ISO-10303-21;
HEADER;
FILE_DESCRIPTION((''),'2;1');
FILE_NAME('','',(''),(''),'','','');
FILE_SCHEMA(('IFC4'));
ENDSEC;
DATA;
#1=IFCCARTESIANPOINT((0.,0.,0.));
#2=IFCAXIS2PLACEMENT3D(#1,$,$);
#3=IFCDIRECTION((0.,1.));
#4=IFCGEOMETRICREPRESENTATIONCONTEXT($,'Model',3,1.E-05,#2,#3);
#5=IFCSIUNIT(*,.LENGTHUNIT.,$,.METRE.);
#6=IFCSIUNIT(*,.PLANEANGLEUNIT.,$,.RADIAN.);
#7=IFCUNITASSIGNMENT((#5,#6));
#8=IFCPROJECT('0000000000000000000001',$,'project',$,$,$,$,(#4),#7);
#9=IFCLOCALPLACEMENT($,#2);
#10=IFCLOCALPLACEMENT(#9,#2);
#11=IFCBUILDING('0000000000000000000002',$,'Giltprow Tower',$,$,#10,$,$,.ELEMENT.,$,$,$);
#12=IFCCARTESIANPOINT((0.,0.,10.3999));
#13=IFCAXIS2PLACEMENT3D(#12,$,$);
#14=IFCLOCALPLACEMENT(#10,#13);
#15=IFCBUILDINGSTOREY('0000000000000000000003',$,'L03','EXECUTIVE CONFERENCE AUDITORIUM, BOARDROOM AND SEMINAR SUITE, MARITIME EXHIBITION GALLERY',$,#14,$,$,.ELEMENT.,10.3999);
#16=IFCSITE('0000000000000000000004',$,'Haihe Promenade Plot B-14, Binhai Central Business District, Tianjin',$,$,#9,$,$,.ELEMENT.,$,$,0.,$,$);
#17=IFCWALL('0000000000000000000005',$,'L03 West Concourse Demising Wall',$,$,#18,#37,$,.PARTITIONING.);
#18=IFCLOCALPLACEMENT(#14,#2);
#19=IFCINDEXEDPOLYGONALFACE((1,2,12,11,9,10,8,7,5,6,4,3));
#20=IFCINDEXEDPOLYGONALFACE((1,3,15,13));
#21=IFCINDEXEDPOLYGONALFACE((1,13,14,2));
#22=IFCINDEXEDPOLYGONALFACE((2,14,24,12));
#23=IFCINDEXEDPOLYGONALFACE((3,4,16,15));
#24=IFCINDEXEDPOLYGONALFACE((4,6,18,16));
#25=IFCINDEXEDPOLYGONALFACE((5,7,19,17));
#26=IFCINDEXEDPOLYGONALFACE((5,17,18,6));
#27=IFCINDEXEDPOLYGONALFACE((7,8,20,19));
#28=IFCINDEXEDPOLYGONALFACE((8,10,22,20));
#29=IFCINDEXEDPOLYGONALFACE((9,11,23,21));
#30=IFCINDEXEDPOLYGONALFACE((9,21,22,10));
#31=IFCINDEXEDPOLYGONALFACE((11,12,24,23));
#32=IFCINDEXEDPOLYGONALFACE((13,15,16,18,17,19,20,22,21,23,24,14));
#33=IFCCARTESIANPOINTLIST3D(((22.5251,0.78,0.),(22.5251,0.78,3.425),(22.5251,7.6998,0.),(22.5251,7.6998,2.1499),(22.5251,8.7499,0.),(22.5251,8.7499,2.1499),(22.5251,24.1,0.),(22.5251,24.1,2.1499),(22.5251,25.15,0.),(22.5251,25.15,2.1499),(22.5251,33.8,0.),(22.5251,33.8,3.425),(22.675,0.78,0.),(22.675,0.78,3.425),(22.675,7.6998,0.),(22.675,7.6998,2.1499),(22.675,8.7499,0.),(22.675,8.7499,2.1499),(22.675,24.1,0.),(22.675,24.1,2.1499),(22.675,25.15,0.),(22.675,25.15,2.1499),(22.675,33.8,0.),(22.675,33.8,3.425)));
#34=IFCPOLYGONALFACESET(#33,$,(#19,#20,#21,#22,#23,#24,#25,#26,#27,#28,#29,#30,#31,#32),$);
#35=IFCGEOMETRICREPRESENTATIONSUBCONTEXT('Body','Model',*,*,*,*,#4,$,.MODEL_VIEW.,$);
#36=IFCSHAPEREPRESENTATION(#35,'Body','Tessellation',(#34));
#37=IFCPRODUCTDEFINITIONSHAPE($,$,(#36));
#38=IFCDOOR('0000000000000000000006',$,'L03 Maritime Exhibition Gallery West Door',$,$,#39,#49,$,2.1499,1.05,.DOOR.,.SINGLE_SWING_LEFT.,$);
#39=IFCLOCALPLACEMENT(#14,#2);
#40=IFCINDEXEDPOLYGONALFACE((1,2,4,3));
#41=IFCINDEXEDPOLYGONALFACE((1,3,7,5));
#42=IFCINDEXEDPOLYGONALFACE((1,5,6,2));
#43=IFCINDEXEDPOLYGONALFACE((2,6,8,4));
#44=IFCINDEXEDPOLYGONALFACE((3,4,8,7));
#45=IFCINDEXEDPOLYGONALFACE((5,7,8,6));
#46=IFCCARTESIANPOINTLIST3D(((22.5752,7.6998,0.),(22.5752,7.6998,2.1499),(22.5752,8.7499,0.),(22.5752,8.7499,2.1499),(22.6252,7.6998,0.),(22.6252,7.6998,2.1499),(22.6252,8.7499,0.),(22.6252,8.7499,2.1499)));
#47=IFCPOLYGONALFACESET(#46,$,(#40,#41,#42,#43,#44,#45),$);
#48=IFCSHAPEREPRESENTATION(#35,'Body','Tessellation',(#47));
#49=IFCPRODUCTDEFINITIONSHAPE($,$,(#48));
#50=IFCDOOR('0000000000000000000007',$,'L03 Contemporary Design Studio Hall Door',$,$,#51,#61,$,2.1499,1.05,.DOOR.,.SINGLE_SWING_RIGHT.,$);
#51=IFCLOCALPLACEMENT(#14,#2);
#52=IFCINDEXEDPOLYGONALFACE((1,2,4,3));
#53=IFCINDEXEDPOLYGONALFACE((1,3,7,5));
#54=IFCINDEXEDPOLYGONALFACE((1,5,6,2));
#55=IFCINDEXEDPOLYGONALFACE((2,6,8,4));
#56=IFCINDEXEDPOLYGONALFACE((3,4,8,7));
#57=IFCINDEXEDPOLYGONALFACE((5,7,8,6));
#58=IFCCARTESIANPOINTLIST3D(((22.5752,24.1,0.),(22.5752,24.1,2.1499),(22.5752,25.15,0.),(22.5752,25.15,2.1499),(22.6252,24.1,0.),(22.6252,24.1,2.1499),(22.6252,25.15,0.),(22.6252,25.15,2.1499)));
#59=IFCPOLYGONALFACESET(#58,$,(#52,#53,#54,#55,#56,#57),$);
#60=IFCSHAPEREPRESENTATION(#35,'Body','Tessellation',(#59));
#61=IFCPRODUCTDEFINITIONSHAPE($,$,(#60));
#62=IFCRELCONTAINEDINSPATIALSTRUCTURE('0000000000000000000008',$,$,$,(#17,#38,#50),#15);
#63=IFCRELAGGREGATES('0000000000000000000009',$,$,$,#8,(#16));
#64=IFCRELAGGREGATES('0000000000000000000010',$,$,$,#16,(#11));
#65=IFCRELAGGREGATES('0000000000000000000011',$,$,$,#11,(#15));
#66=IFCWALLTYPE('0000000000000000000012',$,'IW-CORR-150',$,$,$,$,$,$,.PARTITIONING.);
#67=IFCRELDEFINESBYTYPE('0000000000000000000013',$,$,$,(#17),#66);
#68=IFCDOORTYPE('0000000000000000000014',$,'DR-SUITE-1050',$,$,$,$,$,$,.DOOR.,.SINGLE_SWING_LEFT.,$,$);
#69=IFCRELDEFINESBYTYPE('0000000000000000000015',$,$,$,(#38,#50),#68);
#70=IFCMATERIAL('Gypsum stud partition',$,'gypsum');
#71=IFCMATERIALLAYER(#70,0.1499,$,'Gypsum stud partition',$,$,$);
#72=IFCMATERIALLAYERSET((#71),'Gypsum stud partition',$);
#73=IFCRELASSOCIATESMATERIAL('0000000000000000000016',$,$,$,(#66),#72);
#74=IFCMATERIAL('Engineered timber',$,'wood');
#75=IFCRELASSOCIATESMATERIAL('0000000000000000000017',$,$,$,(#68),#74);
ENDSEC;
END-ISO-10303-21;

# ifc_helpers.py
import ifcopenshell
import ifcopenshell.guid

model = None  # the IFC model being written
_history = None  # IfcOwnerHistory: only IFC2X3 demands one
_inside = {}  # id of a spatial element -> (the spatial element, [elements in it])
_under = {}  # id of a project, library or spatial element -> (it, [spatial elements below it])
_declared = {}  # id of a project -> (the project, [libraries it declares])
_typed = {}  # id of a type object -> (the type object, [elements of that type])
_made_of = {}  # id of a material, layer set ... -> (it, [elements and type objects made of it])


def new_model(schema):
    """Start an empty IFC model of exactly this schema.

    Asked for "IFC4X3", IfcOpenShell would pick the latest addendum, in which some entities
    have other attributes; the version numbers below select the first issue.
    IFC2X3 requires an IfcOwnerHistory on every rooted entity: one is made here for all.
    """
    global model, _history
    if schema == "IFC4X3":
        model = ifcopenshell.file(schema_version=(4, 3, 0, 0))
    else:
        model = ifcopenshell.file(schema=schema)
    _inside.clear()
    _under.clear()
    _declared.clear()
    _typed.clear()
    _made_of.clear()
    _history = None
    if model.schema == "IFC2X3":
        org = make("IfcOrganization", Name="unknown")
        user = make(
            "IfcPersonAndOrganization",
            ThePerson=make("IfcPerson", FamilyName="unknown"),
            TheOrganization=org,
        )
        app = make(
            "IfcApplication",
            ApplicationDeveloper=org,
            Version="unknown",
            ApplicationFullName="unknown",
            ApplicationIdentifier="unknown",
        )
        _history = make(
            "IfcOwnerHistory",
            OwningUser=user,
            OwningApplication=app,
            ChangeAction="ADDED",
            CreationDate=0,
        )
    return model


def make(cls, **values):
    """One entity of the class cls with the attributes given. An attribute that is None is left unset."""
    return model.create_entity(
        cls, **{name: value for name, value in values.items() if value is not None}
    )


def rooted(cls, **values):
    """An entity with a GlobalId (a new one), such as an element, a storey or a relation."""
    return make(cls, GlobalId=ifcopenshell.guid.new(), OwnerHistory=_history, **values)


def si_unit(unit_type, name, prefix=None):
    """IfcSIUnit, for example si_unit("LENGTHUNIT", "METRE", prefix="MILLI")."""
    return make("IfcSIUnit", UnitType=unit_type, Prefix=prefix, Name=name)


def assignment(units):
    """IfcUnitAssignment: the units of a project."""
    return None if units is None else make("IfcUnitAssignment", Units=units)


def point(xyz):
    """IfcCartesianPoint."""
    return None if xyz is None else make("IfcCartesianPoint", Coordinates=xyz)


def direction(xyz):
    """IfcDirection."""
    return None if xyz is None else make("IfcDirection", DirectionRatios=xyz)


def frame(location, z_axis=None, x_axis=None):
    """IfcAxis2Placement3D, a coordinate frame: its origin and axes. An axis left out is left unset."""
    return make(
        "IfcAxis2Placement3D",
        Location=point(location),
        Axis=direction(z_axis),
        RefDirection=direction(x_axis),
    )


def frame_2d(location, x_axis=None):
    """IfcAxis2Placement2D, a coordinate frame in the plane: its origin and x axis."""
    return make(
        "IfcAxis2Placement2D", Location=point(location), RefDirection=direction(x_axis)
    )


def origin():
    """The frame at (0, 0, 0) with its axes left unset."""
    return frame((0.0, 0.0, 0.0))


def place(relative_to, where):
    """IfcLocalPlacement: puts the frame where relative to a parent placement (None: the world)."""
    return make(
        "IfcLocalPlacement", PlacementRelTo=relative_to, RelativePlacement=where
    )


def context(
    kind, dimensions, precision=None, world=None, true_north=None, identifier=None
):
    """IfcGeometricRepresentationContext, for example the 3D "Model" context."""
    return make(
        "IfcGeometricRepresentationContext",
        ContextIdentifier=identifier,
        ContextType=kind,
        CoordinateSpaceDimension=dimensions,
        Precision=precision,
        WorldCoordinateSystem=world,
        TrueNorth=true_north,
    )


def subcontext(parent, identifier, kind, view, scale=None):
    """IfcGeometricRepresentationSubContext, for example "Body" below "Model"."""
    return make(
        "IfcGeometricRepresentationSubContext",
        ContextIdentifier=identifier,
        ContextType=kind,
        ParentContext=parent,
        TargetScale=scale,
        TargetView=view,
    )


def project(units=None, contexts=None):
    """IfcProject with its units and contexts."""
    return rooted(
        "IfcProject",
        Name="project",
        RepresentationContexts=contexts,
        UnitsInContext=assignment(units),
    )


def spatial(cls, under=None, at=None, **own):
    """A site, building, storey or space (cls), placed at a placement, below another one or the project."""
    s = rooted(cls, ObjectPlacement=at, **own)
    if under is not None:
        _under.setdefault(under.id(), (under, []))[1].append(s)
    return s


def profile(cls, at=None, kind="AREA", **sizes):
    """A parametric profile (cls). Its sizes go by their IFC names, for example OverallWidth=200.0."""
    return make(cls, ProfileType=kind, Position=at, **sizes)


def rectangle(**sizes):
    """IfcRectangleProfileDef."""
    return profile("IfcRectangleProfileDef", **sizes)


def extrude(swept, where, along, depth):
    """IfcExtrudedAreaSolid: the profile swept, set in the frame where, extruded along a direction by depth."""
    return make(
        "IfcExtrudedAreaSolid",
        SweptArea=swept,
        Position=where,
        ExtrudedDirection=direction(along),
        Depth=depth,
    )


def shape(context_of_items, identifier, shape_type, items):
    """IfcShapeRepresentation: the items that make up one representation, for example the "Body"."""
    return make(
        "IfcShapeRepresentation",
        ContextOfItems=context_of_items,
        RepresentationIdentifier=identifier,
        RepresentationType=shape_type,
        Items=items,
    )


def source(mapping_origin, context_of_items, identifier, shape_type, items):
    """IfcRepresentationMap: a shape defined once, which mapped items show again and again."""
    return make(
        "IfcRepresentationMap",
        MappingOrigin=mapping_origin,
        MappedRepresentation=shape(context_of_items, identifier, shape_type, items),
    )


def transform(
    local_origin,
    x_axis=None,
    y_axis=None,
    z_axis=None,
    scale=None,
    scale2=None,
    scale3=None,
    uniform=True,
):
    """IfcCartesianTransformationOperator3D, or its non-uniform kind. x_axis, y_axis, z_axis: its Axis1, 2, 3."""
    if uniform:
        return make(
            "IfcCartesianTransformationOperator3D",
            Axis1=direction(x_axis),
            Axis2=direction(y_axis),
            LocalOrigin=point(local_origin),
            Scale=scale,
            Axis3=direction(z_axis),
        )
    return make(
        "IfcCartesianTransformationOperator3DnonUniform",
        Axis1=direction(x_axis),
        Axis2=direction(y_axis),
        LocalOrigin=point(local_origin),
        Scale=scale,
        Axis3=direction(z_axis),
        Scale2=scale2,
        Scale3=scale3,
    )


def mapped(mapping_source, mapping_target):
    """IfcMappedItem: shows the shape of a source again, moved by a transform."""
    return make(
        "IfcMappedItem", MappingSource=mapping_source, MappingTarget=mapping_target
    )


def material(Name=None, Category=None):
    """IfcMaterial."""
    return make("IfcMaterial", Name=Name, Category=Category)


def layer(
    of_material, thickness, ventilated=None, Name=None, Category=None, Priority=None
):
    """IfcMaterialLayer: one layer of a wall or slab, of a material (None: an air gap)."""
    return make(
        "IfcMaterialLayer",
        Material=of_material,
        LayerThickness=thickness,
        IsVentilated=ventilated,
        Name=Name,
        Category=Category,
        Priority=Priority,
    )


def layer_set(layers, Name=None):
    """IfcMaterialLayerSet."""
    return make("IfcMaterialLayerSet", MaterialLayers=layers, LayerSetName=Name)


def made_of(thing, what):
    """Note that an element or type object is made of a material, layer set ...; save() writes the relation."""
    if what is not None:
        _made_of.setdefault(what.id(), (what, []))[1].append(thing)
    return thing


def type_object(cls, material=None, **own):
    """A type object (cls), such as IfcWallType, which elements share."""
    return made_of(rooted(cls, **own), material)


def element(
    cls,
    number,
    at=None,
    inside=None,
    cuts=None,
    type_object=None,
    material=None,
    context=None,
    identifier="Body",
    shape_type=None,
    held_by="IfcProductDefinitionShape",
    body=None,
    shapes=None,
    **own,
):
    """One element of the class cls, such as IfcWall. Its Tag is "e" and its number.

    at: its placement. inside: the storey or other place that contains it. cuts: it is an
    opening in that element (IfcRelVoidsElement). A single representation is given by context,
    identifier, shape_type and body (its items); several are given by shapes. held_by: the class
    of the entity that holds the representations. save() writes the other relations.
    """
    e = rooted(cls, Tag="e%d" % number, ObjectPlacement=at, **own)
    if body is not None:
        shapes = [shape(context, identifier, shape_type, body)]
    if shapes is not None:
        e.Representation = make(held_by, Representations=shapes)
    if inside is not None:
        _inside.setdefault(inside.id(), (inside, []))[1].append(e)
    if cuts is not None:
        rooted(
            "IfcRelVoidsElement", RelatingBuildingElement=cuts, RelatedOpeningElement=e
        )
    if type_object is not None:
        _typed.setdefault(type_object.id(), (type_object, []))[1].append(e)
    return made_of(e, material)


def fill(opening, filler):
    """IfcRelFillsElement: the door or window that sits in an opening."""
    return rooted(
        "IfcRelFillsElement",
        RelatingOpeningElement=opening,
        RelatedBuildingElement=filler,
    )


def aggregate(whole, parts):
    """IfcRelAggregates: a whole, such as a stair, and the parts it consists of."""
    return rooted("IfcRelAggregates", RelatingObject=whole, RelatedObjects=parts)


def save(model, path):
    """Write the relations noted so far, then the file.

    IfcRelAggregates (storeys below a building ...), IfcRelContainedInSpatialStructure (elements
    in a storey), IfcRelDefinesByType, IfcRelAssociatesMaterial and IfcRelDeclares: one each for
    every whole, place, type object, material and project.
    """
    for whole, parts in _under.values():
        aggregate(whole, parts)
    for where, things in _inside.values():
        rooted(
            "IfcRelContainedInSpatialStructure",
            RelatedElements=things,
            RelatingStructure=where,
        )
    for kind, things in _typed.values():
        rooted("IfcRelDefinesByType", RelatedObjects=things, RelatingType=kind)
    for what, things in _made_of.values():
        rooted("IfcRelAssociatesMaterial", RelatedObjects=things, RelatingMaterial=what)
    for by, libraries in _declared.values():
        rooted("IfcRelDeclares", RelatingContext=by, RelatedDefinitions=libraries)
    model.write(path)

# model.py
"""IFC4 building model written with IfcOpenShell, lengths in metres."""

from ifc_helpers import new_model, si_unit, direction, frame, frame_2d, origin, place, context, subcontext, project, spatial, rectangle, extrude, source, transform, mapped, material, layer, layer_set, type_object, element, fill, save


model = new_model("IFC4")

# Units and contexts
model_context = context("Model", 3, precision=1e-05, world=origin(), true_north=direction((0.0, 1.0)))
body_context = subcontext(model_context, "Body", "Model", "MODEL_VIEW")
ifc_project = project(units=[si_unit("LENGTHUNIT", "METRE"), si_unit("PLANEANGLEUNIT", "RADIAN")], contexts=[model_context])

# Site, building, storey
site_placement = place(None, origin())
site = spatial("IfcSite", under=ifc_project, at=site_placement, Name="Haihe Promenade Plot B-14, Binhai Central Business District, Tianjin", CompositionType="ELEMENT", RefElevation=0.0)
building_placement = place(site_placement, origin())
building = spatial("IfcBuilding", under=site, at=building_placement, Name="Giltprow Tower", CompositionType="ELEMENT")
storey_placement = place(building_placement, frame((0.0, 0.0, 10.3999)))
storey = spatial("IfcBuildingStorey", under=building, at=storey_placement, Name="L03", Description="EXECUTIVE CONFERENCE AUDITORIUM, BOARDROOM AND SEMINAR SUITE, MARITIME EXHIBITION GALLERY", CompositionType="ELEMENT", Elevation=10.3999)

# Wall, openings, doors
ifc_material_1 = material(Name="Gypsum stud partition", Category="gypsum")
ifc_layer_1 = layer(ifc_material_1, 0.1499, Name="Gypsum stud partition")
ifc_layer_set_1 = layer_set([ifc_layer_1], Name="Gypsum stud partition")
wall_type_1 = type_object("IfcWallType", Name="IW-CORR-150", PredefinedType="PARTITIONING", material=ifc_layer_set_1)
wall_1_placement = place(storey_placement, frame((22.6001, 0.78, 0.0), z_axis=(0.0, 0.0, 1.0), x_axis=(0.0, 1.0, 0.0)))
wall_1 = element("IfcWall", 1, at=wall_1_placement, inside=storey, type_object=wall_type_1, Name="L03 West Concourse Demising Wall", PredefinedType="PARTITIONING", context=body_context, shape_type="SweptSolid", body=[
    extrude(rectangle(XDim=33.02, YDim=0.1499, at=frame_2d((16.51, 0.0))), origin(), (0.0, 0.0, 1.0), 3.425),
])
opening_1_placement = place(wall_1_placement, frame((6.9199, 0.0, 0.0)))
opening_1 = element("IfcOpeningElement", 2, at=opening_1_placement, cuts=wall_1, PredefinedType="OPENING", context=body_context, shape_type="SweptSolid", body=[
    extrude(rectangle(XDim=1.05, YDim=2.1499, at=frame_2d((0.5249, 1.075))), frame((0.0, 0.085, 0.0), z_axis=(0.0, -1.0, 0.0), x_axis=(1.0, 0.0, 0.0)), (0.0, 0.0, 1.0), 0.1699),
])
opening_2_placement = place(wall_1_placement, frame((23.3201, 0.0, 0.0)))
opening_2 = element("IfcOpeningElement", 3, at=opening_2_placement, cuts=wall_1, PredefinedType="OPENING", context=body_context, shape_type="SweptSolid", body=[
    extrude(rectangle(XDim=1.05, YDim=2.1499, at=frame_2d((0.5249, 1.075))), frame((0.0, 0.085, 0.0), z_axis=(0.0, -1.0, 0.0), x_axis=(1.0, 0.0, 0.0)), (0.0, 0.0, 1.0), 0.1699),
])
ifc_material_2 = material(Name="Engineered timber", Category="wood")
door_type = type_object("IfcDoorType", Name="DR-SUITE-1050", OperationType="SINGLE_SWING_LEFT", PredefinedType="DOOR", material=ifc_material_2)
shared_shape_1 = source(origin(), body_context, "Body", "SweptSolid", [
    extrude(rectangle(XDim=1.05, YDim=2.1499, at=frame_2d((0.5249, 1.075))), frame((0.0, 0.0249, 0.0), z_axis=(0.0, -1.0, 0.0), x_axis=(1.0, 0.0, 0.0)), (0.0, 0.0, 1.0), 0.05),
])
door_1_placement = place(opening_1_placement, origin())
door_1 = element("IfcDoor", 4, at=door_1_placement, inside=storey, type_object=door_type, Name="L03 Maritime Exhibition Gallery West Door", OperationType="SINGLE_SWING_LEFT", OverallHeight=2.1499, OverallWidth=1.05, PredefinedType="DOOR", context=body_context, shape_type="MappedRepresentation", body=[
    mapped(shared_shape_1, transform((0.0, 0.0, 0.0), x_axis=(1.0, 0.0, 0.0), y_axis=(0.0, 1.0, 0.0), z_axis=(0.0, 0.0, 1.0), scale=1.0)),
])
fill(opening_1, door_1)
door_2_placement = place(opening_2_placement, origin())
door_2 = element("IfcDoor", 5, at=door_2_placement, inside=storey, type_object=door_type, Name="L03 Contemporary Design Studio Hall Door", OperationType="SINGLE_SWING_RIGHT", OverallHeight=2.1499, OverallWidth=1.05, PredefinedType="DOOR", context=body_context, shape_type="MappedRepresentation", body=[
    mapped(shared_shape_1, transform((0.0, 0.0, 0.0), x_axis=(1.0, 0.0, 0.0), y_axis=(0.0, 1.0, 0.0), z_axis=(0.0, 0.0, 1.0), scale=1.0)),
])
fill(opening_2, door_2)

save(model, "model.ifc")
